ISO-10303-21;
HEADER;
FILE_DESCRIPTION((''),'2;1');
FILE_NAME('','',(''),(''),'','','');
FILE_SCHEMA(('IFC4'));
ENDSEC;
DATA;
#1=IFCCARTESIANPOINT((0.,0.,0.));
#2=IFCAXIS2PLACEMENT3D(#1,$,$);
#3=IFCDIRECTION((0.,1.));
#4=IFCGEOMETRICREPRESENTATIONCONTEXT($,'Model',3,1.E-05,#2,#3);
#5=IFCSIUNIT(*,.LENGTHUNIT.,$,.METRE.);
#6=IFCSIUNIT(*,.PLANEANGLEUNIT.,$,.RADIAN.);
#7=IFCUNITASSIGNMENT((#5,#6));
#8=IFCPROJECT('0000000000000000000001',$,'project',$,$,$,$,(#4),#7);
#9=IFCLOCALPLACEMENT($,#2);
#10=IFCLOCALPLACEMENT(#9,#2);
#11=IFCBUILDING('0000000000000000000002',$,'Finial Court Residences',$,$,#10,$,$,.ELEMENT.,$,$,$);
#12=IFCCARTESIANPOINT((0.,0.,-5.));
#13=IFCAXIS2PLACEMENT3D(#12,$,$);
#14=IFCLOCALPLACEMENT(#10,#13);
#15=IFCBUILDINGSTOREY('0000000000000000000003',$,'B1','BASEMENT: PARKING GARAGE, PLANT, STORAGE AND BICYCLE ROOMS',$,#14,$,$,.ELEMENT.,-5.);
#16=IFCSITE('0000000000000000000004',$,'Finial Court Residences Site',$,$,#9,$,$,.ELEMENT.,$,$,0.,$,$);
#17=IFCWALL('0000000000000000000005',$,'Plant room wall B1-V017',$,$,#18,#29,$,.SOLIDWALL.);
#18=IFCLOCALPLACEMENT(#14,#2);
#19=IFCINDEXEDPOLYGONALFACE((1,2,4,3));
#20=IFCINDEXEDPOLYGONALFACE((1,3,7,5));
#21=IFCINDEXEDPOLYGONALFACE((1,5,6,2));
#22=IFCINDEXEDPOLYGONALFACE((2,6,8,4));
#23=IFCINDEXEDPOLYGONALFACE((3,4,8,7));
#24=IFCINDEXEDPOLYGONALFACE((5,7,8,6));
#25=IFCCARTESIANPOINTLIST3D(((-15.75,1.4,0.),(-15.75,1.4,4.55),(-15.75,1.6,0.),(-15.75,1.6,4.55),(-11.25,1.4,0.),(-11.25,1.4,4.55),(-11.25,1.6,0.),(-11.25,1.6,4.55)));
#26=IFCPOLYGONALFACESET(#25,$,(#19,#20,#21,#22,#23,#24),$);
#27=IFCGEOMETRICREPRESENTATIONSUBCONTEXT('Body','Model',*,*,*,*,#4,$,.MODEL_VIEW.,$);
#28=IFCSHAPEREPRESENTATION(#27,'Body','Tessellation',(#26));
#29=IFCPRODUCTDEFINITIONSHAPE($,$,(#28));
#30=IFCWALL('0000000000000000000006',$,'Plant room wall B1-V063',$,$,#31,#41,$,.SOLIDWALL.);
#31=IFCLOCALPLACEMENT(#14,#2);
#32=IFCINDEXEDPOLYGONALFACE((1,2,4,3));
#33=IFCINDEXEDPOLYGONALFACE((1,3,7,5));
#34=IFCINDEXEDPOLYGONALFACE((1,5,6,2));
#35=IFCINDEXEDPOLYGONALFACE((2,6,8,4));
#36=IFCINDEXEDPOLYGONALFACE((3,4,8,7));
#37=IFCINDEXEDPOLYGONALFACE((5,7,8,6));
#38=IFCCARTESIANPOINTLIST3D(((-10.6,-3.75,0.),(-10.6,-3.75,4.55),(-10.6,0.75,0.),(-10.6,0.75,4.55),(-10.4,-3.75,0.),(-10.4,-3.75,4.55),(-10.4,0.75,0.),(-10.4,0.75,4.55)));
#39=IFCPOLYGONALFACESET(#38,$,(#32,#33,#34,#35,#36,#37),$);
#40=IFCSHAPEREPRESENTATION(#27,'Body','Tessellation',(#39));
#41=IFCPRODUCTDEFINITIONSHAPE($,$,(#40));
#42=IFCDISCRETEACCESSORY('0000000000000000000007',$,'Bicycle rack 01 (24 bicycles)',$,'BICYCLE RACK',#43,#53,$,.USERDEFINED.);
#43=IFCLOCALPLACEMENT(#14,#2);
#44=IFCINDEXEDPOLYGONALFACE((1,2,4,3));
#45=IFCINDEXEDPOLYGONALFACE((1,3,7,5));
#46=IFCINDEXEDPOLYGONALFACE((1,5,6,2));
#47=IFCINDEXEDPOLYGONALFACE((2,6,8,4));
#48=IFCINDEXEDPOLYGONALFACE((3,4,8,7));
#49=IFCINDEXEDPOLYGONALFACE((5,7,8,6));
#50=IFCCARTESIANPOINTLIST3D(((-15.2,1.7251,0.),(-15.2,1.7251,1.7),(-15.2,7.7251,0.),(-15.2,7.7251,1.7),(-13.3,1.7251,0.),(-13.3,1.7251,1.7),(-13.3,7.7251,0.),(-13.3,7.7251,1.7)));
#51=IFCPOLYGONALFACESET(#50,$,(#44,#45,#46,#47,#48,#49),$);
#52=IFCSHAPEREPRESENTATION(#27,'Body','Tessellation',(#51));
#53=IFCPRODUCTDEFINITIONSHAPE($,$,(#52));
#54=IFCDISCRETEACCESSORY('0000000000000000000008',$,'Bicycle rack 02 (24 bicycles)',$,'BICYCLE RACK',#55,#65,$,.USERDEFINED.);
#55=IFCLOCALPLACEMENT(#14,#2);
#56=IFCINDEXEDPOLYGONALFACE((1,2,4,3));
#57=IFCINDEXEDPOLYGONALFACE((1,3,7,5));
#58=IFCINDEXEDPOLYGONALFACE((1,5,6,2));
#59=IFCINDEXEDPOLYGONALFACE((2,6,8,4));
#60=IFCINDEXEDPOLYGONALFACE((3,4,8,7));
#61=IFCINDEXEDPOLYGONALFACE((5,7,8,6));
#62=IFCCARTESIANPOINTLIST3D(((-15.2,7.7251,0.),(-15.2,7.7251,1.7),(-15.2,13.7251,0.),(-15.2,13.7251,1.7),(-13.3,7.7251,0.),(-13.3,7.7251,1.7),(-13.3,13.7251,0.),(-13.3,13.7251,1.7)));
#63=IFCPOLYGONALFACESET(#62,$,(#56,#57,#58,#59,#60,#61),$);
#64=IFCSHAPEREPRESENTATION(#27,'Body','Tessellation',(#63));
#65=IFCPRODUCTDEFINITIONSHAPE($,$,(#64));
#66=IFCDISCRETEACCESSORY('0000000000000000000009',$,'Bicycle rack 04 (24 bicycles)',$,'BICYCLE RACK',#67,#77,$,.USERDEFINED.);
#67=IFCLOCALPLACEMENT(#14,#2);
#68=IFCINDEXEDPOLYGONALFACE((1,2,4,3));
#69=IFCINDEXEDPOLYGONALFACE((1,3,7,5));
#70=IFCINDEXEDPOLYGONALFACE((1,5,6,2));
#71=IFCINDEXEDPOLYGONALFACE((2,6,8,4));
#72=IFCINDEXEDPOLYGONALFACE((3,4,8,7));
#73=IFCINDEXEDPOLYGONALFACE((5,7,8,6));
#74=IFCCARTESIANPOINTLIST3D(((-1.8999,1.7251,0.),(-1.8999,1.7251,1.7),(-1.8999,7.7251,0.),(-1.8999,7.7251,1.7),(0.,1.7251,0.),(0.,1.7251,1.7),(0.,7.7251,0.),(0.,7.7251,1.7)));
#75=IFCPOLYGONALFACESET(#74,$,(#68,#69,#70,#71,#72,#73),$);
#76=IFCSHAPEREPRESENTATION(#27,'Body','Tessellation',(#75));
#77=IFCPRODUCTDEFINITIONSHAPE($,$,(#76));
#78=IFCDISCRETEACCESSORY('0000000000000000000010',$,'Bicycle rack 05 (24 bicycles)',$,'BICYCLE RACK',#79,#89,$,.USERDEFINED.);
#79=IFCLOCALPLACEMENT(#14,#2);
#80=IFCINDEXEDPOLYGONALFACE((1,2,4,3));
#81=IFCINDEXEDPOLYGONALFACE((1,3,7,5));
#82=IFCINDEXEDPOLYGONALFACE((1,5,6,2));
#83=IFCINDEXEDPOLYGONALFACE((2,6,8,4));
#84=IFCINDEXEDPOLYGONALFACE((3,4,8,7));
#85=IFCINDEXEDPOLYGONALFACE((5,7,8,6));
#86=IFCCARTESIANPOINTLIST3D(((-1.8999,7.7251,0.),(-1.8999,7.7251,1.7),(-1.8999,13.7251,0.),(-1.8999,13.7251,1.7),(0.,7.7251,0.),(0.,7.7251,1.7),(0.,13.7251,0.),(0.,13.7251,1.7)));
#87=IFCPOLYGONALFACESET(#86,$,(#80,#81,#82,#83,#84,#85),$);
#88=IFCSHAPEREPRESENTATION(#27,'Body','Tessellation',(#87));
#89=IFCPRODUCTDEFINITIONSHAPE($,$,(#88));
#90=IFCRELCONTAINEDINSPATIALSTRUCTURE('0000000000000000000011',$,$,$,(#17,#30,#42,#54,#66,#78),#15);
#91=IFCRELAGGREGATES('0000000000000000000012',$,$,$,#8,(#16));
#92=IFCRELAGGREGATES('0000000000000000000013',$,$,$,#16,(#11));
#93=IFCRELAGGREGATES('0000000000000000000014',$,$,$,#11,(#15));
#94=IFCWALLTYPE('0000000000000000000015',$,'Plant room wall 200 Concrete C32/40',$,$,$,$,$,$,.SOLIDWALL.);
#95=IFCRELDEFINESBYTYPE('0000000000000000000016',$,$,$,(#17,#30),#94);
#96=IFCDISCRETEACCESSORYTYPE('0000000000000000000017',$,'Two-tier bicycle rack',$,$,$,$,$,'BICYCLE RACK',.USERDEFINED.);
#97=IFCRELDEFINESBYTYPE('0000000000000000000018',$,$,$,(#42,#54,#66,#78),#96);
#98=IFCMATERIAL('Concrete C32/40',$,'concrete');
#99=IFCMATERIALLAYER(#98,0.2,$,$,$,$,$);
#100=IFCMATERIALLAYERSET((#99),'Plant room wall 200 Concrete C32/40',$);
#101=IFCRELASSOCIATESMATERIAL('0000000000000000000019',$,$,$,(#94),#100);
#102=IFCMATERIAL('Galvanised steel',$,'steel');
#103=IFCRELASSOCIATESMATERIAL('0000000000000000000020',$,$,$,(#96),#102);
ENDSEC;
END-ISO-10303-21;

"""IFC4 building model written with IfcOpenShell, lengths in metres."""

from ifc_helpers import new_model, si_unit, direction, frame, frame_2d, origin, origin_2d, place, context, subcontext, project, spatial, rectangle, extrude, material, layer, layer_set, type_object, element, save


model = new_model("IFC4")

# Units and contexts
model_context = context("Model", 3, precision=1e-05, world=origin(), true_north=direction((0.0, 1.0)))
body_context = subcontext(model_context, "Body", "Model", "MODEL_VIEW")
ifc_project = project(units=[si_unit("LENGTHUNIT", "METRE"), si_unit("PLANEANGLEUNIT", "RADIAN")], contexts=[model_context])

# Site, building, storey
site_placement = place(None, origin())
site = spatial("IfcSite", under=ifc_project, at=site_placement, Name="Finial Court Residences Site", CompositionType="ELEMENT", RefElevation=0.0)
building_placement = place(site_placement, origin())
building = spatial("IfcBuilding", under=site, at=building_placement, Name="Finial Court Residences", CompositionType="ELEMENT")
storey_placement = place(building_placement, frame((0.0, 0.0, -5.0)))
storey = spatial("IfcBuildingStorey", under=building, at=storey_placement, Name="B1", Description="BASEMENT: PARKING GARAGE, PLANT, STORAGE AND BICYCLE ROOMS", CompositionType="ELEMENT", Elevation=-5.0)

# Walls
ifc_material_1 = material(Name="Concrete C32/40", Category="concrete")
ifc_layer_1 = layer(ifc_material_1, 0.2)
ifc_layer_set_1 = layer_set([ifc_layer_1], Name="Plant room wall 200 Concrete C32/40")
wall_type_1 = type_object("IfcWallType", Name="Plant room wall 200 Concrete C32/40", PredefinedType="SOLIDWALL", material=ifc_layer_set_1)
for number, where, z_axis, x_axis, name in (
    (1, (-15.75, 1.5, 0.0), (0.0, 0.0, 1.0), (1.0, 0.0, 0.0), "Plant room wall B1-V017"),
    (2, (-10.5, -3.75, 0.0), (0.0, 0.0, 1.0), (0.0, 1.0, 0.0), "Plant room wall B1-V063"),
):
    element("IfcWall", number, at=place(storey_placement, frame(where, z_axis=z_axis, x_axis=x_axis)), inside=storey, type_object=wall_type_1, Name=name, PredefinedType="SOLIDWALL", context=body_context, shape_type="SweptSolid", body=[
        extrude(rectangle(XDim=4.5, YDim=0.2, at=frame_2d((2.25, 0.0))), origin(), (0.0, 0.0, 1.0), 4.55),
    ])

# Discrete accessories
ifc_material_2 = material(Name="Galvanised steel", Category="steel")
discrete_accessory_type = type_object("IfcDiscreteAccessoryType", Name="Two-tier bicycle rack", ElementType="BICYCLE RACK", PredefinedType="USERDEFINED", material=ifc_material_2)
for number, where, z_axis, x_axis, name in (
    (3, (-14.25, 4.7251, 0.0), (0.0, 0.0, 1.0), (1.0, 0.0, 0.0), "Bicycle rack 01 (24 bicycles)"),
    (4, (-14.25, 10.7251, 0.0), (0.0, 0.0, 1.0), (1.0, 0.0, 0.0), "Bicycle rack 02 (24 bicycles)"),
    (5, (-0.95, 4.7251, 0.0), (0.0, 0.0, 1.0), (1.0, 0.0, 0.0), "Bicycle rack 04 (24 bicycles)"),
    (6, (-0.95, 10.7251, 0.0), (0.0, 0.0, 1.0), (1.0, 0.0, 0.0), "Bicycle rack 05 (24 bicycles)"),
):
    element("IfcDiscreteAccessory", number, at=place(storey_placement, frame(where, z_axis=z_axis, x_axis=x_axis)), inside=storey, type_object=discrete_accessory_type, Name=name, ObjectType="BICYCLE RACK", PredefinedType="USERDEFINED", context=body_context, shape_type="SweptSolid", body=[
        extrude(rectangle(XDim=1.8999, YDim=6.0, at=origin_2d()), origin(), (0.0, 0.0, 1.0), 1.7),
    ])

save(model, "model.ifc")
